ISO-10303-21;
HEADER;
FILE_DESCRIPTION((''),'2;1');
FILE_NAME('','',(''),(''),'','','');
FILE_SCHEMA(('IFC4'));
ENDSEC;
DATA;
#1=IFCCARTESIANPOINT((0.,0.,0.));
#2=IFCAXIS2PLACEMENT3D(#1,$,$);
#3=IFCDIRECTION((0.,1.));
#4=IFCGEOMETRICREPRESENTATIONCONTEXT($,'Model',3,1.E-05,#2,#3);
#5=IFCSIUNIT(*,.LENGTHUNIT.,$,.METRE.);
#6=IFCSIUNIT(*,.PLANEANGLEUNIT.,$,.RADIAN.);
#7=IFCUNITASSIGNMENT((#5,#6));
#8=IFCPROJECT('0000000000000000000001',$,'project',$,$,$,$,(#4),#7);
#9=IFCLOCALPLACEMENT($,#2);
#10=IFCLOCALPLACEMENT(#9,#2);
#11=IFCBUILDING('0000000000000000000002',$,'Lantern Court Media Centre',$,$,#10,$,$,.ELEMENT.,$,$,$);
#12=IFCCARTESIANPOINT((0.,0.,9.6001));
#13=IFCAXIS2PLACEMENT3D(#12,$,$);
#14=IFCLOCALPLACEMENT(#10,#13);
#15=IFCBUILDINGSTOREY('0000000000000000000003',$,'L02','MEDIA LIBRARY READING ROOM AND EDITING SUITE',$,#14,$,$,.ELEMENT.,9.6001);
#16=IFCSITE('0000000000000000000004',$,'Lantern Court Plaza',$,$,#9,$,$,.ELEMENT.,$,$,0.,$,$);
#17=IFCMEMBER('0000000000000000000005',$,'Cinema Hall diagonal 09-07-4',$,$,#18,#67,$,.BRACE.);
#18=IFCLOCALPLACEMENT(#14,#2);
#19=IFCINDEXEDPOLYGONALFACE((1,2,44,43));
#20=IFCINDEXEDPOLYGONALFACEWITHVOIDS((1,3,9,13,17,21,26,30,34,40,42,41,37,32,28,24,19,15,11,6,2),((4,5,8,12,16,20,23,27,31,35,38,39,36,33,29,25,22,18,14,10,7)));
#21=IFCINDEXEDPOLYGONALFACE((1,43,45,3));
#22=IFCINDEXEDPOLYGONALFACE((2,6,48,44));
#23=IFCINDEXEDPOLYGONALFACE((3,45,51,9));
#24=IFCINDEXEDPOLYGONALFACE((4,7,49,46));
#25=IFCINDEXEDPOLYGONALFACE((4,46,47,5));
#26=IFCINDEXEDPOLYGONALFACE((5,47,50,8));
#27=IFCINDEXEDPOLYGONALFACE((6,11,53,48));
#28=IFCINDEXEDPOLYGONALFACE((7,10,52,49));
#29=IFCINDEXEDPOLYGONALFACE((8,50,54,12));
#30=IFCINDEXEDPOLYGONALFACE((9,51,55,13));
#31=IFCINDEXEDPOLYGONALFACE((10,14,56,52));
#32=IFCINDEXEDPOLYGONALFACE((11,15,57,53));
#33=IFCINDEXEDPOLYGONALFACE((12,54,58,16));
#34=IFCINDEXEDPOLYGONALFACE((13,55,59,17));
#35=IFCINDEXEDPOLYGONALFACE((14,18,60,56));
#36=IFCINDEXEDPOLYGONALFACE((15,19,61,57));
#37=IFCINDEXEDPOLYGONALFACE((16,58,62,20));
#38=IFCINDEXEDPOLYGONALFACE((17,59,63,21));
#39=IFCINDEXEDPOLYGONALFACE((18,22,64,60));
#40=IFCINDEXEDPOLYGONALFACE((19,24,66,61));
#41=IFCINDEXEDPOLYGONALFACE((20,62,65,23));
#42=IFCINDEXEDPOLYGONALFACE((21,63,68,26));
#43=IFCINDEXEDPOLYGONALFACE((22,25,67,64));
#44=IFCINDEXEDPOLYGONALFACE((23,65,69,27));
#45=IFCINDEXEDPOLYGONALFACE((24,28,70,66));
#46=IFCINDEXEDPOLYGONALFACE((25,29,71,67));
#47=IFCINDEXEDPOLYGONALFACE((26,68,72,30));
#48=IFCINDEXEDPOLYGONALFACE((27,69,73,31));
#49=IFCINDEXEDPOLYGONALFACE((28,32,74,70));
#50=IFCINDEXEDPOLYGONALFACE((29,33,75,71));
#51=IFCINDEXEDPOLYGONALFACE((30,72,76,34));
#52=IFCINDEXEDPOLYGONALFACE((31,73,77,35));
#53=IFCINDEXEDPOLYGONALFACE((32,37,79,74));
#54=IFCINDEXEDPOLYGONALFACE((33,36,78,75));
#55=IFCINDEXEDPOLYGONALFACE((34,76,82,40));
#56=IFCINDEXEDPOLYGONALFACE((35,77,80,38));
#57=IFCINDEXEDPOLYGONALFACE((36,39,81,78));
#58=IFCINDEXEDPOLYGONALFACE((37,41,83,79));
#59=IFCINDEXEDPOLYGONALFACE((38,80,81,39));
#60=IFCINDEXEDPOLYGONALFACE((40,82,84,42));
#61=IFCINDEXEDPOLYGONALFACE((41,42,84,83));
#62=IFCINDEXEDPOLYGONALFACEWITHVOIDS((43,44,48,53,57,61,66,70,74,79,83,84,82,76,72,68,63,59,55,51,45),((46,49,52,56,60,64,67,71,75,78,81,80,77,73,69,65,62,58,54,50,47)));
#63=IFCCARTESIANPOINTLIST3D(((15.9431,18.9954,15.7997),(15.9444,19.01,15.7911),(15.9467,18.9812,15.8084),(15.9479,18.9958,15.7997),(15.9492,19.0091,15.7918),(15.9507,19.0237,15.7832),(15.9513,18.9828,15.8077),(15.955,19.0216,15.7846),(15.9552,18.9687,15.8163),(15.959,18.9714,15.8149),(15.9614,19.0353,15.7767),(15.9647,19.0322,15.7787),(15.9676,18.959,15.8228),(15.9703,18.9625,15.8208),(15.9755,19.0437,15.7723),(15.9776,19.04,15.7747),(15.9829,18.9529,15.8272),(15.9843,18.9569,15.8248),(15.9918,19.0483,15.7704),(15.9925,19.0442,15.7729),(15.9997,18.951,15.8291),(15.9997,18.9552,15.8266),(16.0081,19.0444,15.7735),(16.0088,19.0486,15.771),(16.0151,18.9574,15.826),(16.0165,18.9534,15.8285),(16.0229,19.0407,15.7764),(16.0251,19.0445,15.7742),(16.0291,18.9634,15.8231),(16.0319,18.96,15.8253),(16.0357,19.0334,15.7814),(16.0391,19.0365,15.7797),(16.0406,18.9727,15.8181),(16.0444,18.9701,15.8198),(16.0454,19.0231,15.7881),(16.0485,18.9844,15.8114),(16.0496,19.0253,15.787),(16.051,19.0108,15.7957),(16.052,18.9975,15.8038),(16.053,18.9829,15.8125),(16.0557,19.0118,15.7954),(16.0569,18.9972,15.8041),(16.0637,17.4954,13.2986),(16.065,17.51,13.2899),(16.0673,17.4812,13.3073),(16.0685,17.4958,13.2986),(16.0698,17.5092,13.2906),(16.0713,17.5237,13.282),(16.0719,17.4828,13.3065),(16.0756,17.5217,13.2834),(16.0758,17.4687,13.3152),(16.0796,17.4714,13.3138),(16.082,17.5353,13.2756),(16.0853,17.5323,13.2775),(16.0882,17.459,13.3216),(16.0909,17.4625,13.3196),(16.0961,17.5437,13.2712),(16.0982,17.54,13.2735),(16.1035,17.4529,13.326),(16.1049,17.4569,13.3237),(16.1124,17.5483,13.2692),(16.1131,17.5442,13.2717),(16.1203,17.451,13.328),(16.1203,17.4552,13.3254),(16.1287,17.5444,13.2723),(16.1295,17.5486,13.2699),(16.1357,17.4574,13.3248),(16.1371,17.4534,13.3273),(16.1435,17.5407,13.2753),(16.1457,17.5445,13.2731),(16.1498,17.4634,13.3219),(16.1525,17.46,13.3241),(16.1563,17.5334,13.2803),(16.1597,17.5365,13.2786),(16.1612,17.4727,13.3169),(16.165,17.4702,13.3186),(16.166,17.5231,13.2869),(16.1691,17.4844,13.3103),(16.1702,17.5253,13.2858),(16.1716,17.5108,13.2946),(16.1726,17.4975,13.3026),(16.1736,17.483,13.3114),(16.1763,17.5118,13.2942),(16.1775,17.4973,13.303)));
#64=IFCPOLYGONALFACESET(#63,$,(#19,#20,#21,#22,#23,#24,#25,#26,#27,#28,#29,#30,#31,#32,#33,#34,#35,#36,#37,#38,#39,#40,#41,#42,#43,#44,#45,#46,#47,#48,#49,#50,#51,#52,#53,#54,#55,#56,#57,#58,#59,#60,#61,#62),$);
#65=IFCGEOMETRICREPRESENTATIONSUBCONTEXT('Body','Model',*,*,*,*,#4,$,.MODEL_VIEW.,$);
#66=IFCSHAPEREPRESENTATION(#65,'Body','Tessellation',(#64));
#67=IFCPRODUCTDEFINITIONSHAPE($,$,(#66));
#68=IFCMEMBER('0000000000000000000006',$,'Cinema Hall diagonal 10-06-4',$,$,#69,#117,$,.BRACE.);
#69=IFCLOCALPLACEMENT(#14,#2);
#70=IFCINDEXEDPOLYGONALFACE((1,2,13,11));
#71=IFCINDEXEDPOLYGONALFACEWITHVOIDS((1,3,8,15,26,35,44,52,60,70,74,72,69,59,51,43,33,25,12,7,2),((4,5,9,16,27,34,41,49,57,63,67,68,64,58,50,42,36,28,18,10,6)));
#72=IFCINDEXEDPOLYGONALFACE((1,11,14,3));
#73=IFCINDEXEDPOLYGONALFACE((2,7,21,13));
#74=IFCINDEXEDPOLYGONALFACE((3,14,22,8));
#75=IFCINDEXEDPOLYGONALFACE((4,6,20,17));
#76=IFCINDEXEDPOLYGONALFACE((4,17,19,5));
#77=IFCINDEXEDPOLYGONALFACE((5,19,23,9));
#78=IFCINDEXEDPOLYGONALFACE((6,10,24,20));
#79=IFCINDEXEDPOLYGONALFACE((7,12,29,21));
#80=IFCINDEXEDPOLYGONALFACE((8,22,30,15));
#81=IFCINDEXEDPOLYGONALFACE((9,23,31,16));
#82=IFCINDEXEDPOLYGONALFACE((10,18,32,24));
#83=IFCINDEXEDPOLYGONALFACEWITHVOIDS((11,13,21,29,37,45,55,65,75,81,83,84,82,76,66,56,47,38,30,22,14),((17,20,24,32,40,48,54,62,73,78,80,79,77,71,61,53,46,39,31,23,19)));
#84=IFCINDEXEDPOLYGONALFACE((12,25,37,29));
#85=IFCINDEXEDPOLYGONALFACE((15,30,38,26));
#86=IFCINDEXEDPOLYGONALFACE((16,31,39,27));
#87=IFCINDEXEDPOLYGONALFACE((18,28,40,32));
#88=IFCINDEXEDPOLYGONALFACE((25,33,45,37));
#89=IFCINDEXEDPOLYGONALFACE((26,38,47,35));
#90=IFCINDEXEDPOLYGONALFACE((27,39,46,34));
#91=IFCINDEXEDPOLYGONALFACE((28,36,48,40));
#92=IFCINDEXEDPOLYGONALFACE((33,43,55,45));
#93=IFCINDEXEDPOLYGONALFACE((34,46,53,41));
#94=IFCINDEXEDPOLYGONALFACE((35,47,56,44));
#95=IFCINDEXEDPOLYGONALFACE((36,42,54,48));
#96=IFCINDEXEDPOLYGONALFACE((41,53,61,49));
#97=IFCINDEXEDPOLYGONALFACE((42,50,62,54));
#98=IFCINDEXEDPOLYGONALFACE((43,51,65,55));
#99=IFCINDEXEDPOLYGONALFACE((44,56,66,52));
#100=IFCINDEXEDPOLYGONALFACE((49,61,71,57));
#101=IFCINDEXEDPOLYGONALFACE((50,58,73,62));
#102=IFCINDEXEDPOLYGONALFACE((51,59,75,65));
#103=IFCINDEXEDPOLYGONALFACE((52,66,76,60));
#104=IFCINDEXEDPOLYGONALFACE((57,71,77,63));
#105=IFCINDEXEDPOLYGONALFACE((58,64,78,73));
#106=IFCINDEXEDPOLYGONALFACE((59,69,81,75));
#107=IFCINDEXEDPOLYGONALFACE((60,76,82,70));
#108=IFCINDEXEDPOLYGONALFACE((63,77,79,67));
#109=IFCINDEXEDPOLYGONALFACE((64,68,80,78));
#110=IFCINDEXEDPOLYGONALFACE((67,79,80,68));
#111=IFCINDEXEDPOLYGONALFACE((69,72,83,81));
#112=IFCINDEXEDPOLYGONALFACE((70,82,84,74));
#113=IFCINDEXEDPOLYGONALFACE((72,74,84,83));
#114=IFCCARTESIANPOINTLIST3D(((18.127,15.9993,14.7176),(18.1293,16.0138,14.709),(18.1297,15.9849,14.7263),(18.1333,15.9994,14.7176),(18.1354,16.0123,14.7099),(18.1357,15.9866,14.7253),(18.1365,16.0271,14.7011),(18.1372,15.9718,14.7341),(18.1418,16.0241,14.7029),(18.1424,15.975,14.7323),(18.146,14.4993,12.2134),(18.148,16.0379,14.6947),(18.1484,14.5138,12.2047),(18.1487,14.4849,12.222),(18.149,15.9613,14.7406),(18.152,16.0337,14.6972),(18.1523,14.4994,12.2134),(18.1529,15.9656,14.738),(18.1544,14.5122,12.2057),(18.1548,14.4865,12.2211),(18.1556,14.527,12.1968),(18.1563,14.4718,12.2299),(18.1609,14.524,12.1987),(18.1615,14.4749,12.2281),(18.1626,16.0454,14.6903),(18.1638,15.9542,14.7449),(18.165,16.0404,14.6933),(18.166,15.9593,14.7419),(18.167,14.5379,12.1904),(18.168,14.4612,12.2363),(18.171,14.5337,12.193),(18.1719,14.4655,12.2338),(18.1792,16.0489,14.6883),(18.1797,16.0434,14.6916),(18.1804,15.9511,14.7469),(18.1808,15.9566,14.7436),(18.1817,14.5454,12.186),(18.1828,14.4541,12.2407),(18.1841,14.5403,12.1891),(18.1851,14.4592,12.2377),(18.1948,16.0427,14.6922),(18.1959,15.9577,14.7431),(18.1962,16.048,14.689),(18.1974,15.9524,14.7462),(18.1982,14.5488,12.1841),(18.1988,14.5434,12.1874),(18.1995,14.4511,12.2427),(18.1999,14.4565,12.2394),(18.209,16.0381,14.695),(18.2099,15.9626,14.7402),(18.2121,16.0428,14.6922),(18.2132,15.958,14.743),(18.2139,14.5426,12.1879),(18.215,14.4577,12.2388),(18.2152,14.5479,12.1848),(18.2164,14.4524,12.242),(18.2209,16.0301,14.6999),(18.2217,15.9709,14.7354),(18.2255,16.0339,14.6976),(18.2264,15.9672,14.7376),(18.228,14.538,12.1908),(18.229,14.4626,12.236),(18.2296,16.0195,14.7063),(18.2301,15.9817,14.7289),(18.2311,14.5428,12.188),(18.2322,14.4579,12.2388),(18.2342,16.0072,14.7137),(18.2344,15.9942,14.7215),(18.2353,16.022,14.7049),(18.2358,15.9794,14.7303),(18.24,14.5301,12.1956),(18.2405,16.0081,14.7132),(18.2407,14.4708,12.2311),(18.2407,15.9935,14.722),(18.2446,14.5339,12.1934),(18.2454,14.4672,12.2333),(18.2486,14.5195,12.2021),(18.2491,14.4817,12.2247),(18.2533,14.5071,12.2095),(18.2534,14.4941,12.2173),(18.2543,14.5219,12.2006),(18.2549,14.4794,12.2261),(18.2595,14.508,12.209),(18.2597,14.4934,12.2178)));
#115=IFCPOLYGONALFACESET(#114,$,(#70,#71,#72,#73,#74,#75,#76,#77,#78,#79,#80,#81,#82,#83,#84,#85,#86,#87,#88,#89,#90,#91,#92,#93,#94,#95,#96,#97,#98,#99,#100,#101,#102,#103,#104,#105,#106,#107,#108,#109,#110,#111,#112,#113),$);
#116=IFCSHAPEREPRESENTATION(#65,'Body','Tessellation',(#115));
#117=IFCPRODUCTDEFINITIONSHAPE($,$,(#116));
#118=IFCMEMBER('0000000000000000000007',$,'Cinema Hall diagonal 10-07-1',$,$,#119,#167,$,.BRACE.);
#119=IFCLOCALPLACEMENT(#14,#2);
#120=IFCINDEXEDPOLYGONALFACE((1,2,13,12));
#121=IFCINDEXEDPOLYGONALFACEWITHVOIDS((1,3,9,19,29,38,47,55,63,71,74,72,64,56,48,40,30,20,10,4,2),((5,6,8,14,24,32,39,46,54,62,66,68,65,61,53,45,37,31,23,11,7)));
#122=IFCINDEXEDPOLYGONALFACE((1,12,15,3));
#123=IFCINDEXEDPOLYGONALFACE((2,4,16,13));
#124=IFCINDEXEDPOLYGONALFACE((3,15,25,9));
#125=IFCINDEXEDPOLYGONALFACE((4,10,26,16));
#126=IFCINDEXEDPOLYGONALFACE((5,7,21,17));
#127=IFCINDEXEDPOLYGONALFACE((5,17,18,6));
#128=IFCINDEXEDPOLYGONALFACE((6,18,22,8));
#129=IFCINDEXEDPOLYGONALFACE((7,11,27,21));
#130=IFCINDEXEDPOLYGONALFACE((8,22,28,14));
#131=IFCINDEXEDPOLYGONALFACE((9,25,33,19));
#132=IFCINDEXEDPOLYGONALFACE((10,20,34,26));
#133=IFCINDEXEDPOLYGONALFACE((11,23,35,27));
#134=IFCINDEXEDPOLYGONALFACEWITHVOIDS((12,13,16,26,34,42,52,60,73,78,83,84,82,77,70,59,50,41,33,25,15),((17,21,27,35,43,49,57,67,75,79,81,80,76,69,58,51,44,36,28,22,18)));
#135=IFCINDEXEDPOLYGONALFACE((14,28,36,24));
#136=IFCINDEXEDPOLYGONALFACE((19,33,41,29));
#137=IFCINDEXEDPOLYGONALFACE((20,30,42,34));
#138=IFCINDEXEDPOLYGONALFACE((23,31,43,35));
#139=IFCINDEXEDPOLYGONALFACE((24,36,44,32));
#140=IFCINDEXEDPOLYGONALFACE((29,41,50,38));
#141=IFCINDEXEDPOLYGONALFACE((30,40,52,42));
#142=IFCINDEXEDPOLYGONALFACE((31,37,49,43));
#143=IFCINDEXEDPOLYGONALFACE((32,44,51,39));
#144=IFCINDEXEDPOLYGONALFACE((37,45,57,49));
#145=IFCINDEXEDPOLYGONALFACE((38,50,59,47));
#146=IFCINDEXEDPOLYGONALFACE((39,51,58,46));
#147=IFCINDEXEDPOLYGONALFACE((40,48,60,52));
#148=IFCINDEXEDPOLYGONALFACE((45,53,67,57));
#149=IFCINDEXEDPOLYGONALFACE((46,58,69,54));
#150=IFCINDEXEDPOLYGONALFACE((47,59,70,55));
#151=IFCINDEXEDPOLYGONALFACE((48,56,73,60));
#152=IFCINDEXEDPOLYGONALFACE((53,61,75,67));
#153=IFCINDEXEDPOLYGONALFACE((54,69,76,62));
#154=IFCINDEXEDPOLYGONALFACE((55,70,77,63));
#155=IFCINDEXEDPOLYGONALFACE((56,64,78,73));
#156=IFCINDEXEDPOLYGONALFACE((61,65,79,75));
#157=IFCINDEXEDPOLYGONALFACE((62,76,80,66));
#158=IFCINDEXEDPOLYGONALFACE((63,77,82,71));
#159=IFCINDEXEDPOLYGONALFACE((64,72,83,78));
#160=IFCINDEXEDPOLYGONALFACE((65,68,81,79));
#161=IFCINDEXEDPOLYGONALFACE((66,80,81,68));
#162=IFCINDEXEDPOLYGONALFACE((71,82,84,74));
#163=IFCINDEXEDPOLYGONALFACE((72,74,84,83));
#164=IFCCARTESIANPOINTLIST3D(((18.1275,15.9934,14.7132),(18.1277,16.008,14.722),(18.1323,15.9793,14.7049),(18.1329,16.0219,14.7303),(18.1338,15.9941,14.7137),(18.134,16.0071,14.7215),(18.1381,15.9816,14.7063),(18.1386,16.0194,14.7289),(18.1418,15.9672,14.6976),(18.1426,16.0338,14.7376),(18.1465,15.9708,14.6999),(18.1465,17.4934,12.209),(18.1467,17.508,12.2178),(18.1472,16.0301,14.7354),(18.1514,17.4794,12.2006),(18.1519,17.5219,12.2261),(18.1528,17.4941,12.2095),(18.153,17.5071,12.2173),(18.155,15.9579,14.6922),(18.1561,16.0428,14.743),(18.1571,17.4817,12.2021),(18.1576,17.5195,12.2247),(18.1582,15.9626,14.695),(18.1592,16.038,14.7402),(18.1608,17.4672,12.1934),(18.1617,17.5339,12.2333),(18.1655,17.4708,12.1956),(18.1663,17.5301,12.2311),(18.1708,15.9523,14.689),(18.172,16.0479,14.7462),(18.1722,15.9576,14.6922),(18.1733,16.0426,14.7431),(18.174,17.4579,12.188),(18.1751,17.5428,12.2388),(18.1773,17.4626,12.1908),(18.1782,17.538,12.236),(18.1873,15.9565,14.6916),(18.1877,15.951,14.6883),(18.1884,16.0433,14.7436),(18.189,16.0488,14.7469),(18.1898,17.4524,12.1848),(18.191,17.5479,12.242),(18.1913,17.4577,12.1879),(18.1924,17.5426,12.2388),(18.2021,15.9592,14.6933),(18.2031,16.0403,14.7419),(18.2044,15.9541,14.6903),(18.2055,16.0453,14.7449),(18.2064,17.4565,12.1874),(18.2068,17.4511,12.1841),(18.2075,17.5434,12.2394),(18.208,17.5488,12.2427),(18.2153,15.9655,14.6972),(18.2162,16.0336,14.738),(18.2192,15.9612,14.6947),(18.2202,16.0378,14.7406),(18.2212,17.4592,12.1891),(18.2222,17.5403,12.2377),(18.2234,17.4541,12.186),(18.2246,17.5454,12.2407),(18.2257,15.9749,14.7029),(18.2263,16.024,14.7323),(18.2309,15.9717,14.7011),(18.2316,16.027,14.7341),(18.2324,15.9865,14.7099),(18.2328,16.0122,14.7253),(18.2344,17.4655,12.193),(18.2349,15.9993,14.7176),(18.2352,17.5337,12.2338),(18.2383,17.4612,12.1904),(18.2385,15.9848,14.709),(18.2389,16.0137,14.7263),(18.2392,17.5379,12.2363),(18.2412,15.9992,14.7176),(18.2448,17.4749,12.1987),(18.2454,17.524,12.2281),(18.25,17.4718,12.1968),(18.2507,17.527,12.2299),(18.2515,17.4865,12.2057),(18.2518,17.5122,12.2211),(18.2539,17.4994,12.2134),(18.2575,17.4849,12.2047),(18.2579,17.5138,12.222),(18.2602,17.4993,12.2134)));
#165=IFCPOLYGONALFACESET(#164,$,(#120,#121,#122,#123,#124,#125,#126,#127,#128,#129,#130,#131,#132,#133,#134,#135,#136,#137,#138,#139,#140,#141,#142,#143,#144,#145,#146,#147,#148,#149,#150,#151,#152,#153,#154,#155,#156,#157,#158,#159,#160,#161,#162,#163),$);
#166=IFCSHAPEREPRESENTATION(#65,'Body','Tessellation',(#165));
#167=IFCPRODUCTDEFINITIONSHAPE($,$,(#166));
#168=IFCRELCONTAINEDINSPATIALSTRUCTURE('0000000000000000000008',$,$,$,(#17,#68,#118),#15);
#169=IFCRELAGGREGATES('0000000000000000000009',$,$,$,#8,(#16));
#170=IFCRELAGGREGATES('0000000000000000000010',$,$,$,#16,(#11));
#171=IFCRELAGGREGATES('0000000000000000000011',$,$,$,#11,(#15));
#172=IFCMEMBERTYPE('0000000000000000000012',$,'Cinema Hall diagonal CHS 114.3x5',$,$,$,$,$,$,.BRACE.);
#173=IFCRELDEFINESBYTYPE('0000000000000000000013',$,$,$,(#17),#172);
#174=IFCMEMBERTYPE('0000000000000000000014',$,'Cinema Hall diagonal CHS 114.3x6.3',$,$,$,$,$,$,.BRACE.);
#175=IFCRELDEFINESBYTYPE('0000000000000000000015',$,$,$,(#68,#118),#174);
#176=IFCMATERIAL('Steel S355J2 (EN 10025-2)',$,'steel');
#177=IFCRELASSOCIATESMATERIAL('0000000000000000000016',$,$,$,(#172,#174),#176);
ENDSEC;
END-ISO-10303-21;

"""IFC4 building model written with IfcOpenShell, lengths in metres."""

from ifc_helpers import new_model, si_unit, direction, frame, origin, origin_2d, place, context, subcontext, project, spatial, hollow_circle, extrude, material, material_profile, profile_set, type_object, element, save


model = new_model("IFC4")

# Units and contexts
model_context = context("Model", 3, precision=1e-05, world=origin(), true_north=direction((0.0, 1.0)))
body_context = subcontext(model_context, "Body", "Model", "MODEL_VIEW")
ifc_project = project(units=[si_unit("LENGTHUNIT", "METRE"), si_unit("PLANEANGLEUNIT", "RADIAN")], contexts=[model_context])

# Site, building, storey
site_placement = place(None, origin())
site = spatial("IfcSite", under=ifc_project, at=site_placement, Name="Lantern Court Plaza", CompositionType="ELEMENT", RefElevation=0.0)
building_placement = place(site_placement, origin())
building = spatial("IfcBuilding", under=site, at=building_placement, Name="Lantern Court Media Centre", CompositionType="ELEMENT")
storey_placement = place(building_placement, frame((0.0, 0.0, 9.6001)))
storey = spatial("IfcBuildingStorey", under=building, at=storey_placement, Name="L02", Description="MEDIA LIBRARY READING ROOM AND EDITING SUITE", CompositionType="ELEMENT", Elevation=9.6001)

# Members
ifc_material = material(Name="Steel S355J2 (EN 10025-2)", Category="steel")
ifc_material_profile_1 = material_profile(ifc_material, hollow_circle(Radius=0.0571, WallThickness=0.0049, at=origin_2d()), Name="Cinema Hall diagonal CHS 114.3x5")
ifc_profile_set_1 = profile_set([ifc_material_profile_1], Name="Steel S355J2 (EN 10025-2)")
member_type_1 = type_object("IfcMemberType", Name="Cinema Hall diagonal CHS 114.3x5", PredefinedType="BRACE", material=ifc_profile_set_1)
member_1_placement = place(storey_placement, frame((16.1206, 17.5, 13.2986), z_axis=(-0.041317, 0.513872, 0.856871), x_axis=(-0.996783, -0.080145, 0.0)))
element("IfcMember", 1, at=member_1_placement, inside=storey, type_object=member_type_1, Name="Cinema Hall diagonal 09-07-4", PredefinedType="BRACE", context=body_context, shape_type="SweptSolid", body=[
    extrude(hollow_circle(Radius=0.0571, WallThickness=0.0049, at=origin_2d()), origin(), (0.0, 0.0, 1.0), 2.9189),
])
ifc_material_profile_2 = material_profile(ifc_material, hollow_circle(Radius=0.0571, WallThickness=0.0063, at=origin_2d()), Name="Cinema Hall diagonal CHS 114.3x6.3")
ifc_profile_set_2 = profile_set([ifc_material_profile_2], Name="Steel S355J2 (EN 10025-2)")
member_type_2 = type_object("IfcMemberType", Name="Cinema Hall diagonal CHS 114.3x6.3", PredefinedType="BRACE", material=ifc_profile_set_2)
for number, where, z_axis, x_axis, name in (
    (2, (18.2031, 14.5, 12.2134), (-0.006524, 0.513857, 0.857851), (-0.999919, -0.012694, 0.0), "Cinema Hall diagonal 10-06-4"),
    (3, (18.2031, 17.5, 12.2134), (-0.006524, -0.513857, 0.857851), (0.999919, -0.012694, 0.0), "Cinema Hall diagonal 10-07-1"),
):
    element("IfcMember", number, at=place(storey_placement, frame(where, z_axis=z_axis, x_axis=x_axis)), inside=storey, type_object=member_type_2, Name=name, PredefinedType="BRACE", context=body_context, shape_type="SweptSolid", body=[
        extrude(hollow_circle(Radius=0.0571, WallThickness=0.0063, at=origin_2d()), origin(), (0.0, 0.0, 1.0), 2.9192),
    ])

save(model, "model.ifc")
